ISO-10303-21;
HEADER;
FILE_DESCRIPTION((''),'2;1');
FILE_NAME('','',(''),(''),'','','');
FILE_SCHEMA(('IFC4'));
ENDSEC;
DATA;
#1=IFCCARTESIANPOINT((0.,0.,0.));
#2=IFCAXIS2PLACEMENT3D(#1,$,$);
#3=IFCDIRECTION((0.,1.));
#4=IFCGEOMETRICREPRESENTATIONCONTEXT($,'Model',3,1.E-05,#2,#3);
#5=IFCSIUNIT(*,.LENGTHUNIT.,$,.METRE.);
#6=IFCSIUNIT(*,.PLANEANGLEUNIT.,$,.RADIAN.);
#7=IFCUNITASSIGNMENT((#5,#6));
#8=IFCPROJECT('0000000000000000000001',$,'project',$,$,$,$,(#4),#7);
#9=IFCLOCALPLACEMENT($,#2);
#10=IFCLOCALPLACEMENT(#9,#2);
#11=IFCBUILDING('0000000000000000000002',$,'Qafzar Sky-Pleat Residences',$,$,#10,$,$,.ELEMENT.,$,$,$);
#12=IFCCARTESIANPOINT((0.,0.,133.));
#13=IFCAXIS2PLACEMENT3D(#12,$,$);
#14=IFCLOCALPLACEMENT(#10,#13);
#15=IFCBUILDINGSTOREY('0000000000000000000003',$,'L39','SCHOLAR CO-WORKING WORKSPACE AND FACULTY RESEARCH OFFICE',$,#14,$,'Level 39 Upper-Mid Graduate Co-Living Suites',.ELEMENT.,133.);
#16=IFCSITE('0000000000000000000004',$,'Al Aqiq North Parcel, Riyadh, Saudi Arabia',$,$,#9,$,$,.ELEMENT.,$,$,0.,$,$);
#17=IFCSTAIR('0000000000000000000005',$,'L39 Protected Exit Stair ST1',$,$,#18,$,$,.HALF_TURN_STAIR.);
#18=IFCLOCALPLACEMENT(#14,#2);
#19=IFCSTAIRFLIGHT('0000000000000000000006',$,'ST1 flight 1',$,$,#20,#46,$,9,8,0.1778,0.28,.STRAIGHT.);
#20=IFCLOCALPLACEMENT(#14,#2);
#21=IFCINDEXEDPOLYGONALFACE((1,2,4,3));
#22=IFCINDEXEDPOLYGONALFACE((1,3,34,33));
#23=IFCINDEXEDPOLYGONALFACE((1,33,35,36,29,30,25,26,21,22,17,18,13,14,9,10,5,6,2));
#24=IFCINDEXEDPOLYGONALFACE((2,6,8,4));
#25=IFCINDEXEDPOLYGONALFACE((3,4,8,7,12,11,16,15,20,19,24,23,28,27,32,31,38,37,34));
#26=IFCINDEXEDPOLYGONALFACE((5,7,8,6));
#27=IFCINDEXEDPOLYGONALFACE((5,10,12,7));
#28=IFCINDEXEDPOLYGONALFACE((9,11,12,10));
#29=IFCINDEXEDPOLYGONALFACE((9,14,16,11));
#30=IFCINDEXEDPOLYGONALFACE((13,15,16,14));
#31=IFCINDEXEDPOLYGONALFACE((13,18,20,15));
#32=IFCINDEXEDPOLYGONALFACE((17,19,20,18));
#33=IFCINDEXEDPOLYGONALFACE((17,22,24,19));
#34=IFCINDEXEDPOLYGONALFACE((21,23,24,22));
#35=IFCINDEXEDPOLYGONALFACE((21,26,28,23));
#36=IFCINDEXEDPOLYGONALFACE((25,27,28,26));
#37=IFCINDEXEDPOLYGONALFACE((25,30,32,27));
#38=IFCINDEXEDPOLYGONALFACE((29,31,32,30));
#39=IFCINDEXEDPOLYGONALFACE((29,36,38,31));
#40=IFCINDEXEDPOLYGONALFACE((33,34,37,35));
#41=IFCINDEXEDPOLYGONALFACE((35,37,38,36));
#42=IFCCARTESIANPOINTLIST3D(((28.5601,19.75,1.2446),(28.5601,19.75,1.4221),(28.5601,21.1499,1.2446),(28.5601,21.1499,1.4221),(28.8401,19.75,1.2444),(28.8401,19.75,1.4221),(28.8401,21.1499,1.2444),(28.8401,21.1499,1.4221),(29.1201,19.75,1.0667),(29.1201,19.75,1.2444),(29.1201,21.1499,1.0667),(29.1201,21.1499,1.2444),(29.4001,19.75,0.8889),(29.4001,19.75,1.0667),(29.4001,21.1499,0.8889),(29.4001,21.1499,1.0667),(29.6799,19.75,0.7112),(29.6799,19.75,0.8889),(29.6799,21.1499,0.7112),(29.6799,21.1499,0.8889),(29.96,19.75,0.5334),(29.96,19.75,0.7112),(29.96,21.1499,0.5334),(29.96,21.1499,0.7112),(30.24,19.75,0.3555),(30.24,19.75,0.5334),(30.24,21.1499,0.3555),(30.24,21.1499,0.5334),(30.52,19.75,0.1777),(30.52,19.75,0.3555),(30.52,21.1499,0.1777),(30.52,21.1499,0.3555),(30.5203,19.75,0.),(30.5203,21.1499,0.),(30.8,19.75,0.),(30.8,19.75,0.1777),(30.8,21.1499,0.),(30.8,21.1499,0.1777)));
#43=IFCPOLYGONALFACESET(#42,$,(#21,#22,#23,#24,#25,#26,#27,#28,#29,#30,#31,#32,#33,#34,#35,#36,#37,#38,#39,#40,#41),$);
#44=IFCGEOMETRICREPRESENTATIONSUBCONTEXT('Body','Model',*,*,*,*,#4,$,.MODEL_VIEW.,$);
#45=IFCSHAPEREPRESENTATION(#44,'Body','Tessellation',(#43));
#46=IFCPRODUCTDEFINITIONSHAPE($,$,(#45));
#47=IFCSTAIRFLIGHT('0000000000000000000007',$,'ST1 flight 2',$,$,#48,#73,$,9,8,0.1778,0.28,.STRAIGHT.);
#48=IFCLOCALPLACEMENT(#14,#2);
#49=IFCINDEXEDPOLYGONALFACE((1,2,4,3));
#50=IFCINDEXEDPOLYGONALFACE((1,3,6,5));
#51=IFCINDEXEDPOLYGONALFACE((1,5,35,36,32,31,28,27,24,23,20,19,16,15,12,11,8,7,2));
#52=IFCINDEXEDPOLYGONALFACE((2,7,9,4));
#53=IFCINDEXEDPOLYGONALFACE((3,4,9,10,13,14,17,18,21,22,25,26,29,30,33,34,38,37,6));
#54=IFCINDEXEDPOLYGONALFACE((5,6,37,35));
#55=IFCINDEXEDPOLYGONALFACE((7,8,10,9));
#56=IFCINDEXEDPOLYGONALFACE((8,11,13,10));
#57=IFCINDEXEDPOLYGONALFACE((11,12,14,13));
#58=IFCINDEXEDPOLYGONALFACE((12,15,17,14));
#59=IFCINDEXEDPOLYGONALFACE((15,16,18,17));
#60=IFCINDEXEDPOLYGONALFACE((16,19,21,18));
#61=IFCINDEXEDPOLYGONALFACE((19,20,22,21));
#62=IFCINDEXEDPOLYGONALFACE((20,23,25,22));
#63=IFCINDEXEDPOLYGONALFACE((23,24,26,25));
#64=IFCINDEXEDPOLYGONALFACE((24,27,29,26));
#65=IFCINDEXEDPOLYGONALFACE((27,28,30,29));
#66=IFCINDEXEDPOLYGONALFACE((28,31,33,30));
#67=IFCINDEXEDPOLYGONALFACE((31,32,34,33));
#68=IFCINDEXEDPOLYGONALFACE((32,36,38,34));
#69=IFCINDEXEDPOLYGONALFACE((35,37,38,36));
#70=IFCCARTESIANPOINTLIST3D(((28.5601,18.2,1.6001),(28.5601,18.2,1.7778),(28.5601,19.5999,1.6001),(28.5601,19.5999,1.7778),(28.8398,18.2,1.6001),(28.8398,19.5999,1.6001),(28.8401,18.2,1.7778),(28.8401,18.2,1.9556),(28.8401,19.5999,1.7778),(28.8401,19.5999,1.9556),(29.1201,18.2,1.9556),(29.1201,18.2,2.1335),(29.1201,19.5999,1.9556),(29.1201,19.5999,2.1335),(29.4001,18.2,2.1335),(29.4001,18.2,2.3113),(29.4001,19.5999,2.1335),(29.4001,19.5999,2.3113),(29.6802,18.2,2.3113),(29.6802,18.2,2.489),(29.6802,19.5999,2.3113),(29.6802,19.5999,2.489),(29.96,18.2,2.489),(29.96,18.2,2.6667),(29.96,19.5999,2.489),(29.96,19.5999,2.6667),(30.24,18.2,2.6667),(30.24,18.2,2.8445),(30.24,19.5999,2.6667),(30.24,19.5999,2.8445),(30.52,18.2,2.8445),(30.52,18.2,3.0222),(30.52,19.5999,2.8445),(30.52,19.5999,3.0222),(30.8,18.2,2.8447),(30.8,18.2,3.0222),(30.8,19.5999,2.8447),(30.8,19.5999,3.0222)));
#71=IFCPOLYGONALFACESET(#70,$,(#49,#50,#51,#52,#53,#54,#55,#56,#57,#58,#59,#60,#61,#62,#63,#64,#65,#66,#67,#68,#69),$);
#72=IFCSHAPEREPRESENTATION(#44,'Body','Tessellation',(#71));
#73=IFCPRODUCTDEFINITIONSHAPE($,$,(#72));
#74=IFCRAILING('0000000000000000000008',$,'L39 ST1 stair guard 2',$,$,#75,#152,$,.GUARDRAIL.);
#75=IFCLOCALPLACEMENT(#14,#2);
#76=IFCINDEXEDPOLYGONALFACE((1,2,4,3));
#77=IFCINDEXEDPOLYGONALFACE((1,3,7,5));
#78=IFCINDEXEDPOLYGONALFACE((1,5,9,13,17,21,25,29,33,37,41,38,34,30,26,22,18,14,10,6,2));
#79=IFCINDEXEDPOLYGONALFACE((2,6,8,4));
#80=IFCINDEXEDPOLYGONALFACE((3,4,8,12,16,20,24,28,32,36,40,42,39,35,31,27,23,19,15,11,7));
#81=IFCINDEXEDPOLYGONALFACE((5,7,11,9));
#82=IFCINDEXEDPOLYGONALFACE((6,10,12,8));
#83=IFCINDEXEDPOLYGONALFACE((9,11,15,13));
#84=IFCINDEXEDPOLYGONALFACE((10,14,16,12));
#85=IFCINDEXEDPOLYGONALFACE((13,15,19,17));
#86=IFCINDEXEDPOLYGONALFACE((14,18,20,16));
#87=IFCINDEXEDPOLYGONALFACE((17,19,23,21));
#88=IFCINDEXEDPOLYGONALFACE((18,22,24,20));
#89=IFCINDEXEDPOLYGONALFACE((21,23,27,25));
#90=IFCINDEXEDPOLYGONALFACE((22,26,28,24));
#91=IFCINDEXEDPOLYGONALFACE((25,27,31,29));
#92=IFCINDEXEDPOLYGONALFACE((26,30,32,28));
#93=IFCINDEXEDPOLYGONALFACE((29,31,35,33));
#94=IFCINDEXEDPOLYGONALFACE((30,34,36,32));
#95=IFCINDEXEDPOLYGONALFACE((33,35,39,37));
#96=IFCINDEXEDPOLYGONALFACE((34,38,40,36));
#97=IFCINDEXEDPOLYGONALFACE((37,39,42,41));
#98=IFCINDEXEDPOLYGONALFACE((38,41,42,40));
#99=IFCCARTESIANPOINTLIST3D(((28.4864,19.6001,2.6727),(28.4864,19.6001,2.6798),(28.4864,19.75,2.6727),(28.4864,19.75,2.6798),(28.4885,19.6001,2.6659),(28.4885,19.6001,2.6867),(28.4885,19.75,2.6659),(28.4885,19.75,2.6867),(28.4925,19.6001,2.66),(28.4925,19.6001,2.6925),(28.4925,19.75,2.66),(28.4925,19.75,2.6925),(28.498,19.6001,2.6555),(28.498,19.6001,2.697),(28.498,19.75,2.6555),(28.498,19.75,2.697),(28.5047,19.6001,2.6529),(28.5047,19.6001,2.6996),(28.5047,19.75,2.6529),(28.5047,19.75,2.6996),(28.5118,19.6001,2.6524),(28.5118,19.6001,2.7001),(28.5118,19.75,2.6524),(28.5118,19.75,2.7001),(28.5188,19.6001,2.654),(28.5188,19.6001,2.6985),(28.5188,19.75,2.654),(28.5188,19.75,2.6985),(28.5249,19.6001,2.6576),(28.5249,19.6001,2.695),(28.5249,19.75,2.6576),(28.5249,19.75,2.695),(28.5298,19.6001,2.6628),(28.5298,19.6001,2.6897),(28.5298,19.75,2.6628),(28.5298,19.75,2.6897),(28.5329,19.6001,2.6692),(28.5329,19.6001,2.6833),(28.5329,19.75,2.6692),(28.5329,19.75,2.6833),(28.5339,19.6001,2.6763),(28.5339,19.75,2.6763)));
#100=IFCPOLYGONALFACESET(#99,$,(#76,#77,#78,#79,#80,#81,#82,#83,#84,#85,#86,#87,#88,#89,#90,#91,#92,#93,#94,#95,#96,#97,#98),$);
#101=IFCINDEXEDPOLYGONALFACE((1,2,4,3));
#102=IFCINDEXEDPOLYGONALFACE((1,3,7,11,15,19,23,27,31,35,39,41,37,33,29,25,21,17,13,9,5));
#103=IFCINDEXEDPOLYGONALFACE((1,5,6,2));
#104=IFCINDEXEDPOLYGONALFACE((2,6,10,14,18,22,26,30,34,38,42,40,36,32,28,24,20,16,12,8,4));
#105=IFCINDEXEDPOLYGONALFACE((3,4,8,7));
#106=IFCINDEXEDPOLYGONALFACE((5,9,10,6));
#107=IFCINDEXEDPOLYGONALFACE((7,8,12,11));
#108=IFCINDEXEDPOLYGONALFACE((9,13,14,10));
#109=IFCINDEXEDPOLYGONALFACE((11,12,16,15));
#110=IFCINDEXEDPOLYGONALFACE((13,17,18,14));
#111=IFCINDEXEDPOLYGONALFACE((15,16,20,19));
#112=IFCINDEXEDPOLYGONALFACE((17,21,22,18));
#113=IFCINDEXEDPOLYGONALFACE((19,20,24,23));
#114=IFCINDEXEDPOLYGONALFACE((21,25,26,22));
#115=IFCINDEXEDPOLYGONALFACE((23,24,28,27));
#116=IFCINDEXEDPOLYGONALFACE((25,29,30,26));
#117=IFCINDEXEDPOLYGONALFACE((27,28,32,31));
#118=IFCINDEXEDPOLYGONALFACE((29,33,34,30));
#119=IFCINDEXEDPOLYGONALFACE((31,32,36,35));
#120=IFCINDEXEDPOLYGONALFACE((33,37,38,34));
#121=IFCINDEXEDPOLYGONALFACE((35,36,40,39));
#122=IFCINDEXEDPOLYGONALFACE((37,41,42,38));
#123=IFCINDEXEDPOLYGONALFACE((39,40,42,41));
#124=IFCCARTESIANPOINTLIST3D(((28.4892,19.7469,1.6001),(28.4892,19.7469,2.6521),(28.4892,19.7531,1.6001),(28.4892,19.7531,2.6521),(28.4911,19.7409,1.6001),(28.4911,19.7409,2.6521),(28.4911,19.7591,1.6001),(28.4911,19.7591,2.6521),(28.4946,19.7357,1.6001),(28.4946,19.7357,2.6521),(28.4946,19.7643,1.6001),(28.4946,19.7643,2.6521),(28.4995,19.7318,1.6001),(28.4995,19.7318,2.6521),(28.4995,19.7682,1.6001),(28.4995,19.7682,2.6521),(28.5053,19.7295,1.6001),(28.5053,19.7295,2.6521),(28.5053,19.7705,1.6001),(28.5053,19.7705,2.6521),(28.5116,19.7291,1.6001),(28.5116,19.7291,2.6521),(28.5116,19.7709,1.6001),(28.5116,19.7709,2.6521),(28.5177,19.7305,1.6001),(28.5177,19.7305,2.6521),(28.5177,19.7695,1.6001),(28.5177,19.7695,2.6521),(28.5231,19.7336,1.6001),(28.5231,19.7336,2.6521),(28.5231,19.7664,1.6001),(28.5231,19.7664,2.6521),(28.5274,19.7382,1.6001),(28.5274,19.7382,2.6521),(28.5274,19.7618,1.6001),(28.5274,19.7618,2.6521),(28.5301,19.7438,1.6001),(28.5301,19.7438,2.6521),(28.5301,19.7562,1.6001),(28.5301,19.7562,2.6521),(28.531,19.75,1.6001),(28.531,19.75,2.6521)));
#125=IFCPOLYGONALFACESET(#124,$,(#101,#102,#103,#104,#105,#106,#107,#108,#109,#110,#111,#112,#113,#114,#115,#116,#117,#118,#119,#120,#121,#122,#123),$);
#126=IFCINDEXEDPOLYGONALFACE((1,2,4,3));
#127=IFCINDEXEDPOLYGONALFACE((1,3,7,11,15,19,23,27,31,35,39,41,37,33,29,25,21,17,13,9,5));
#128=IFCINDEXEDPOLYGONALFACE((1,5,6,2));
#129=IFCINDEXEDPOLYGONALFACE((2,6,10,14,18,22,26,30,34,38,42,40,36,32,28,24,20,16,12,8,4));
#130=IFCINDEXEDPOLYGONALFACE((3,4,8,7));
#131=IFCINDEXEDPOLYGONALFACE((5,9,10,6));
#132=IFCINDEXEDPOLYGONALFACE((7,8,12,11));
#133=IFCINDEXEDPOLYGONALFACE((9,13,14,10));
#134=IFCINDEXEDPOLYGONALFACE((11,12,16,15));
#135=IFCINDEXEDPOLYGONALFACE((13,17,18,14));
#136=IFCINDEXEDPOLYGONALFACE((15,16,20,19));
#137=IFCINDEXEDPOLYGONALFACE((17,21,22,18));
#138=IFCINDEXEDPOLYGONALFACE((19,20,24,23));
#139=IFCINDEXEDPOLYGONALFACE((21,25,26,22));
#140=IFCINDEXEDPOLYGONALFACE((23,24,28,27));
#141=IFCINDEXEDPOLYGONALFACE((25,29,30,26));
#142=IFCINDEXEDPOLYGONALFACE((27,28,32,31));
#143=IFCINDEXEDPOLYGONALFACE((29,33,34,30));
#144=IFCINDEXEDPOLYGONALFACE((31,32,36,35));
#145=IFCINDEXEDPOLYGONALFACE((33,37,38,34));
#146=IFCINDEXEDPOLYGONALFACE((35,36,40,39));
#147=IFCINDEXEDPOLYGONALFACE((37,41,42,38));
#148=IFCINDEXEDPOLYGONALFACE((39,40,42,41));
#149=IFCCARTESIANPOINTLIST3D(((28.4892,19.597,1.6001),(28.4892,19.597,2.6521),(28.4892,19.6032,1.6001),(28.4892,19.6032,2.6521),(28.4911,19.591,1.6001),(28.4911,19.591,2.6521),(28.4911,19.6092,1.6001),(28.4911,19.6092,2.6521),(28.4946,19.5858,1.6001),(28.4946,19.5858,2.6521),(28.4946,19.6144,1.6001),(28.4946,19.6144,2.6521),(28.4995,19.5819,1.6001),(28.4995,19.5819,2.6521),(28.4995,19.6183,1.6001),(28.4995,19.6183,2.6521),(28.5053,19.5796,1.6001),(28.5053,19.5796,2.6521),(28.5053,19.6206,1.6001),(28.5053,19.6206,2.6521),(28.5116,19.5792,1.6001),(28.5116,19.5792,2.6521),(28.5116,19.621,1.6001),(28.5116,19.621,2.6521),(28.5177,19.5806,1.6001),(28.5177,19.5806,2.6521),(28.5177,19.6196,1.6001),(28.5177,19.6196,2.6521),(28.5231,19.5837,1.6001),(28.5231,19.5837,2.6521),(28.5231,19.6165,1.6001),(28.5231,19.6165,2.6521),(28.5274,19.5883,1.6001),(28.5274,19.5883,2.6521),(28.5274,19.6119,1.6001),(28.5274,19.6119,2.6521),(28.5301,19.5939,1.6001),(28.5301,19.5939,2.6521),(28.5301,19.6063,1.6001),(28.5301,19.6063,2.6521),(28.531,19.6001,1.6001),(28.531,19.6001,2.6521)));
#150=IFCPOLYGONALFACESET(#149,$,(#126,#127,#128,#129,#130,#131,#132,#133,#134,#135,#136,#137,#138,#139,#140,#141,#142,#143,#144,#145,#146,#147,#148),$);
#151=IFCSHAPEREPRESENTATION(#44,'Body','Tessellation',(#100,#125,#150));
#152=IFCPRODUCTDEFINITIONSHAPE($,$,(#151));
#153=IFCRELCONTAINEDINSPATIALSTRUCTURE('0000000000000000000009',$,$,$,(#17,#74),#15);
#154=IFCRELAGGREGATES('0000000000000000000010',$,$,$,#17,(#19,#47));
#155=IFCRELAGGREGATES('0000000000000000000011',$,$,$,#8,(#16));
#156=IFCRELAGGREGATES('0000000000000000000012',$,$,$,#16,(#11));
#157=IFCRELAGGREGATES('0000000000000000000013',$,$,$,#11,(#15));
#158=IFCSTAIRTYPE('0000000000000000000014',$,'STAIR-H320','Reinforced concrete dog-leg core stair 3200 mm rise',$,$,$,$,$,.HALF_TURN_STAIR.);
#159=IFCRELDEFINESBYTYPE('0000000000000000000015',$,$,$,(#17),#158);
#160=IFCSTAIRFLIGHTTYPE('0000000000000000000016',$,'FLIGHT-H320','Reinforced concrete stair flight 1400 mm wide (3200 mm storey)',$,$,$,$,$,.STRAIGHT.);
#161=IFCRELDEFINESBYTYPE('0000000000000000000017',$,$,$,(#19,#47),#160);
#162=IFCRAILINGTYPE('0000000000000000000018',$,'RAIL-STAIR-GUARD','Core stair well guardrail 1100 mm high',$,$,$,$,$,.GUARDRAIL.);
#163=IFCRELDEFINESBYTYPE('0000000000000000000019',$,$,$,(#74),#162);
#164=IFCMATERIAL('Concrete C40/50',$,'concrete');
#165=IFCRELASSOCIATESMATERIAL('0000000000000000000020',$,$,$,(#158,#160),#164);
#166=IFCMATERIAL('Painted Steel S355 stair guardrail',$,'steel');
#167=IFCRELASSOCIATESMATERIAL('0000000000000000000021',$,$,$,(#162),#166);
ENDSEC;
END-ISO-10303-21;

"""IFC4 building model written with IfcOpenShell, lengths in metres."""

from ifc_helpers import new_model, si_unit, direction, frame, origin, origin_2d, place, context, subcontext, project, spatial, polyline, circle, outline, extrude, source, transform, mapped, material, type_object, element, aggregate, save


model = new_model("IFC4")

# Units and contexts
model_context = context("Model", 3, precision=1e-05, world=origin(), true_north=direction((0.0, 1.0)))
body_context = subcontext(model_context, "Body", "Model", "MODEL_VIEW")
ifc_project = project(units=[si_unit("LENGTHUNIT", "METRE"), si_unit("PLANEANGLEUNIT", "RADIAN")], contexts=[model_context])

# Site, building, storey
site_placement = place(None, origin())
site = spatial("IfcSite", under=ifc_project, at=site_placement, Name="Al Aqiq North Parcel, Riyadh, Saudi Arabia", CompositionType="ELEMENT", RefElevation=0.0)
building_placement = place(site_placement, origin())
building = spatial("IfcBuilding", under=site, at=building_placement, Name="Qafzar Sky-Pleat Residences", CompositionType="ELEMENT")
storey_placement = place(building_placement, frame((0.0, 0.0, 133.0)))
storey = spatial("IfcBuildingStorey", under=building, at=storey_placement, Name="L39", Description="SCHOLAR CO-WORKING WORKSPACE AND FACULTY RESEARCH OFFICE", LongName="Level 39 Upper-Mid Graduate Co-Living Suites", CompositionType="ELEMENT", Elevation=133.0)

# Stair, stair flights
ifc_material_1 = material(Name="Concrete C40/50", Category="concrete")
stair_type = type_object("IfcStairType", Name="STAIR-H320", Description="Reinforced concrete dog-leg core stair 3200 mm rise", PredefinedType="HALF_TURN_STAIR", material=ifc_material_1)
stair_placement = place(storey_placement, origin())
stair = element("IfcStair", 1, at=stair_placement, inside=storey, type_object=stair_type, Name="L39 Protected Exit Stair ST1", PredefinedType="HALF_TURN_STAIR")
stair_flight_type = type_object("IfcStairFlightType", Name="FLIGHT-H320", Description="Reinforced concrete stair flight 1400 mm wide (3200 mm storey)", PredefinedType="STRAIGHT", material=ifc_material_1)
shared_shape_1 = source(origin(), body_context, "Body", "SweptSolid", [
    extrude(outline(polyline([(0.0, 0.0), (0.0, 0.1777), (0.28, 0.1777), (0.28, 0.3555), (0.5601, 0.3555), (0.5601, 0.5334), (0.8401, 0.5334), (0.8401, 0.7112), (1.1201, 0.7112), (1.1201, 0.8889), (1.3999, 0.8889), (1.3999, 1.0667), (1.6799, 1.0667), (1.6799, 1.2444), (1.96, 1.2444), (1.96, 1.4221), (2.24, 1.4221), (2.24, 1.6001), (2.24, 1.2446), (0.2798, 0.0), (0.0, 0.0)])), frame((0.0, 0.7, 0.0), z_axis=(0.0, -1.0, 0.0), x_axis=(1.0, 0.0, 0.0)), (0.0, 0.0, 1.0), 1.3999),
])
stair_flight_1_placement = place(storey_placement, frame((30.8, 20.45, 0.0), z_axis=(0.0, 0.0, 1.0), x_axis=(-1.0, 0.0, 0.0)))
stair_flight_1 = element("IfcStairFlight", 2, at=stair_flight_1_placement, type_object=stair_flight_type, Name="ST1 flight 1", NumberOfRisers=9, NumberOfTreads=8, PredefinedType="STRAIGHT", RiserHeight=0.1778, TreadLength=0.28, context=body_context, shape_type="MappedRepresentation", body=[
    mapped(shared_shape_1, transform((0.0, 0.0, 0.0), x_axis=(1.0, 0.0, 0.0), y_axis=(0.0, 1.0, 0.0), z_axis=(0.0, 0.0, 1.0), scale=1.0)),
])
stair_flight_2_placement = place(storey_placement, frame((28.5601, 18.8999, 1.6001), z_axis=(0.0, 0.0, 1.0), x_axis=(1.0, 0.0, 0.0)))
stair_flight_2 = element("IfcStairFlight", 3, at=stair_flight_2_placement, type_object=stair_flight_type, Name="ST1 flight 2", NumberOfRisers=9, NumberOfTreads=8, PredefinedType="STRAIGHT", RiserHeight=0.1778, TreadLength=0.28, context=body_context, shape_type="MappedRepresentation", body=[
    mapped(shared_shape_1, transform((0.0, 0.0, 0.0), x_axis=(1.0, 0.0, 0.0), y_axis=(0.0, 1.0, 0.0), z_axis=(0.0, 0.0, 1.0), scale=1.0)),
])
aggregate(stair, [stair_flight_1, stair_flight_2])

# Railing
ifc_material_2 = material(Name="Painted Steel S355 stair guardrail", Category="steel")
railing_type_1 = type_object("IfcRailingType", Name="RAIL-STAIR-GUARD", Description="Core stair well guardrail 1100 mm high", PredefinedType="GUARDRAIL", material=ifc_material_2)
shared_shape_2 = source(origin(), body_context, "Body", "SweptSolid", [
    extrude(circle(Radius=0.0239, at=origin_2d()), frame((0.0, 0.0, 1.0762), z_axis=(0.0, -1.0, 0.0), x_axis=(1.0, 0.0, 0.0)), (0.0, 0.0, 1.0), 0.1499),
    extrude(circle(Radius=0.021, at=origin_2d()), origin(), (0.0, 0.0, 1.0), 1.052),
    extrude(circle(Radius=0.021, at=origin_2d()), frame((0.0, -0.1499, 0.0)), (0.0, 0.0, 1.0), 1.052),
])
for number, where, name in (
    (4, (28.51, 19.75, 1.6001), "L39 ST1 stair guard 2"),
):
    element("IfcRailing", number, at=place(storey_placement, frame(where)), inside=storey, type_object=railing_type_1, Name=name, PredefinedType="GUARDRAIL", context=body_context, shape_type="MappedRepresentation", body=[
        mapped(shared_shape_2, transform((0.0, 0.0, 0.0), x_axis=(1.0, 0.0, 0.0), y_axis=(0.0, 1.0, 0.0), z_axis=(0.0, 0.0, 1.0), scale=1.0)),
    ])

save(model, "model.ifc")
